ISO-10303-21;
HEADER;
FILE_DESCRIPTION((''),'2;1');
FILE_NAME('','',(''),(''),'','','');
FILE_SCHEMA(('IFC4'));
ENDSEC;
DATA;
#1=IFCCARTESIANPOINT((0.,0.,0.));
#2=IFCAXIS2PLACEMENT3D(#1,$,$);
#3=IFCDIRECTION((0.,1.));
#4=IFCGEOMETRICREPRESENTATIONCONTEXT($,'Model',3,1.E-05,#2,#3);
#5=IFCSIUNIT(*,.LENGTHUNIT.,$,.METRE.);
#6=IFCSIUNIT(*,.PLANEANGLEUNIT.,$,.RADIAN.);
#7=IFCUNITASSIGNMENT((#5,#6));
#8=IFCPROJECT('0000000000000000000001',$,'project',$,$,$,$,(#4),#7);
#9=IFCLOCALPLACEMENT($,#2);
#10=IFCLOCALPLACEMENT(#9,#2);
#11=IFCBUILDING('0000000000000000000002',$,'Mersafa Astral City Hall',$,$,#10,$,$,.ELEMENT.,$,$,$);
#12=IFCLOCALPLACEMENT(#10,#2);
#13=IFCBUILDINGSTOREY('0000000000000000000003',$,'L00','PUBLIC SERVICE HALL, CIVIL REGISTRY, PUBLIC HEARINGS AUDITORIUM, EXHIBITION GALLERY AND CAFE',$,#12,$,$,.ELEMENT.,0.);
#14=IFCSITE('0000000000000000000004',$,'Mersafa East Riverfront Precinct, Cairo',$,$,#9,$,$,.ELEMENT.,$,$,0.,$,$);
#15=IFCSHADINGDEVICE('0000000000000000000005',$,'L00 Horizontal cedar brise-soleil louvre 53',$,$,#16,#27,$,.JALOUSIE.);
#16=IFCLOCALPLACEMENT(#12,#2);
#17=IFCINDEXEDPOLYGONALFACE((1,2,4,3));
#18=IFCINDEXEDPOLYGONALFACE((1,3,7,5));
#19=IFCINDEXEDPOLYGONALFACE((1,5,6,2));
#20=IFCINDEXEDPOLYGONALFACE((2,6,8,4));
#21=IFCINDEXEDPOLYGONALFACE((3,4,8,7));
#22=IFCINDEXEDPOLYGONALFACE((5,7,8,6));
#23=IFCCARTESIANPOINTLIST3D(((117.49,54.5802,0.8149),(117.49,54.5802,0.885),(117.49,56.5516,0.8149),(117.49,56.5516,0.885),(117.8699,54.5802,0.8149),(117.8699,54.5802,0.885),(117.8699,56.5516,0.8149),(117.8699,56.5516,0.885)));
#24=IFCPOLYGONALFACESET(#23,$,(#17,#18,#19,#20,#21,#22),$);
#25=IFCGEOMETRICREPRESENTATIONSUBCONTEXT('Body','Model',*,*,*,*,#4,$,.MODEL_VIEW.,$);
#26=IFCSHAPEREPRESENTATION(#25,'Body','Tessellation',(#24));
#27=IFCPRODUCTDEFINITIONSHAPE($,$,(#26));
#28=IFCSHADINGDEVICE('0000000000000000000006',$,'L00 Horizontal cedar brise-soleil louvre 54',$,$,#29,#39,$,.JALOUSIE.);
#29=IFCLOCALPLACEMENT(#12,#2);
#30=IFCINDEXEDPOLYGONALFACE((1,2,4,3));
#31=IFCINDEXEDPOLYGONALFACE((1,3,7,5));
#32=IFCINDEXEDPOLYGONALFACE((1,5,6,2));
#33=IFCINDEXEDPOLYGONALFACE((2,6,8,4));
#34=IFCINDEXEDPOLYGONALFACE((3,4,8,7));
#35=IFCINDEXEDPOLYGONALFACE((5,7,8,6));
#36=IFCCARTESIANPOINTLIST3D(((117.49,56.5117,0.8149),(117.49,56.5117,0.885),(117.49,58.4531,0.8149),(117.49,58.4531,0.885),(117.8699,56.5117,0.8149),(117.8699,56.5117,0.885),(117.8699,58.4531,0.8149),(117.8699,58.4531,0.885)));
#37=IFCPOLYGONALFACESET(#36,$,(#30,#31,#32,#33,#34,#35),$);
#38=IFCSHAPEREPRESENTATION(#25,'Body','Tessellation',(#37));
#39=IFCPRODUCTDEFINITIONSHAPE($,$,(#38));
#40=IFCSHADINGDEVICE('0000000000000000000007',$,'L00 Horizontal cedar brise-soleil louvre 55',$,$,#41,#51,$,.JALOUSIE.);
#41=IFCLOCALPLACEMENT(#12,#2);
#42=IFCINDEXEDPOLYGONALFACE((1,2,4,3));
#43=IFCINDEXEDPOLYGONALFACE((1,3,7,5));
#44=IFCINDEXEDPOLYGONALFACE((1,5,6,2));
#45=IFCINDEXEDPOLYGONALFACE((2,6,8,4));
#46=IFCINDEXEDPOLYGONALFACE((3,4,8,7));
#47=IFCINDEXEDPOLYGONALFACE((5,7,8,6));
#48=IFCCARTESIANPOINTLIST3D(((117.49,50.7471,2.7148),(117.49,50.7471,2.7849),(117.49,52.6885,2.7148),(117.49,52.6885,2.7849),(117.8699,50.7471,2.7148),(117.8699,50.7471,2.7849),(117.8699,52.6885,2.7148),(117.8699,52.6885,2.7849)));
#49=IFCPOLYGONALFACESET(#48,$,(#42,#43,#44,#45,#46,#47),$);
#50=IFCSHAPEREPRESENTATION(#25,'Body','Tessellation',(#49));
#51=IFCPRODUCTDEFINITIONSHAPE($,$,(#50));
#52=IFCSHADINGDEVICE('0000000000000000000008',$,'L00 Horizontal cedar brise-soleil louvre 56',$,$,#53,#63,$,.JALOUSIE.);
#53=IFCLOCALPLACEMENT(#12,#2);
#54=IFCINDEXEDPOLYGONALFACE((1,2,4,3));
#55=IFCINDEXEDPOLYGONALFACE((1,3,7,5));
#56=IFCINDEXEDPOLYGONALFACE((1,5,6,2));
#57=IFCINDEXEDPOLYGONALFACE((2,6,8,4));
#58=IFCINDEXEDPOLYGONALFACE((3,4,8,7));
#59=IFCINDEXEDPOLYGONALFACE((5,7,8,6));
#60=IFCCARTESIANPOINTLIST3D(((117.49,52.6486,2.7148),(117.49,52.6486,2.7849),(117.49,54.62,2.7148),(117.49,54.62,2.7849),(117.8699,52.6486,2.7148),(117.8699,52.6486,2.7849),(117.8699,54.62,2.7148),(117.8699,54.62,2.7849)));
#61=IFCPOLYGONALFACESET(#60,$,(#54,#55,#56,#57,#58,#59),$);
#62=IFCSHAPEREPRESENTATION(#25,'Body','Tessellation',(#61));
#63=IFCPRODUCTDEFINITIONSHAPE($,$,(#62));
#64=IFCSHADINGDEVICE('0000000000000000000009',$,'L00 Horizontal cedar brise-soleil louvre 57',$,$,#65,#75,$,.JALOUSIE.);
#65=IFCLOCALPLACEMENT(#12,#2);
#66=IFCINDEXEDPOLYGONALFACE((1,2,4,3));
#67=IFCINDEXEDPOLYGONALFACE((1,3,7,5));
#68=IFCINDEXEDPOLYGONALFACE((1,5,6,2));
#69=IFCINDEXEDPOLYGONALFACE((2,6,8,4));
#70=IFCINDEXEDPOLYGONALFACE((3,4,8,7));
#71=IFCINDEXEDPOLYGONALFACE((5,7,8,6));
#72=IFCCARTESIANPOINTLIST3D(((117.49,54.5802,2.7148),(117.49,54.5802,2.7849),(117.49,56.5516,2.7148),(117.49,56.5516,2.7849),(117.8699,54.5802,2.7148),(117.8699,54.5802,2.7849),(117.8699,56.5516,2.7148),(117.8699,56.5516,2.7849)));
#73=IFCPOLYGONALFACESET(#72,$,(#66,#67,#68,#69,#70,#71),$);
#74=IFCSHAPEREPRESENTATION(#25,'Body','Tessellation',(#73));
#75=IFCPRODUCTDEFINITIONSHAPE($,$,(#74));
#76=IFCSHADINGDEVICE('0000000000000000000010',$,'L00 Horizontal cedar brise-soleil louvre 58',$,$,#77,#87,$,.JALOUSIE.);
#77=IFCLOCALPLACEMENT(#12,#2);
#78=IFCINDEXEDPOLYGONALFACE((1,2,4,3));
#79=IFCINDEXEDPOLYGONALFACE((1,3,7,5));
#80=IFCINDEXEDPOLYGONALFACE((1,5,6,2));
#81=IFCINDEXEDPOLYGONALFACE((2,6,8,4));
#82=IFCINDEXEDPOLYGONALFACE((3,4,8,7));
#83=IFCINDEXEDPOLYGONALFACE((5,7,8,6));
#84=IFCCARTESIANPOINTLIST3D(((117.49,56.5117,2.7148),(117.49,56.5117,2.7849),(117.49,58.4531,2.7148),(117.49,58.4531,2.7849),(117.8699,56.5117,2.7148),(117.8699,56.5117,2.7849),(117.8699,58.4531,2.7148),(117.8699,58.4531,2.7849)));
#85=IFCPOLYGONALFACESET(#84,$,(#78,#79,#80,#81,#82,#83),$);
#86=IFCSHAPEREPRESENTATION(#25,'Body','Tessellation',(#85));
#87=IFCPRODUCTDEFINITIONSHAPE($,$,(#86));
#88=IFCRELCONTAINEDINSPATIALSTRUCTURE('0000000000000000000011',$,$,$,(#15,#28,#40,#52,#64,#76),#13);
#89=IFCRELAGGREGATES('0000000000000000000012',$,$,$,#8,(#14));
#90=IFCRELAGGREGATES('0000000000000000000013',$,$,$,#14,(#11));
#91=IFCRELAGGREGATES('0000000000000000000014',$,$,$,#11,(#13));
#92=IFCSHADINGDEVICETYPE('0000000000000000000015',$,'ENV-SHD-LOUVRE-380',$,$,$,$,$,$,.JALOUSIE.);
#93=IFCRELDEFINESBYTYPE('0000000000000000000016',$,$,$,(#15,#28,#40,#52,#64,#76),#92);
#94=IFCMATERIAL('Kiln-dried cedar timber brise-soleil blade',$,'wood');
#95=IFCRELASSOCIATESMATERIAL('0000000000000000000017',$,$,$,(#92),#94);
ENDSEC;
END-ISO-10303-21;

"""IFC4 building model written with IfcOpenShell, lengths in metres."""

from ifc_helpers import new_model, si_unit, direction, frame, origin, origin_2d, place, context, subcontext, project, spatial, rectangle, extrude, material, type_object, element, save


model = new_model("IFC4")

# Units and contexts
model_context = context("Model", 3, precision=1e-05, world=origin(), true_north=direction((0.0, 1.0)))
body_context = subcontext(model_context, "Body", "Model", "MODEL_VIEW")
ifc_project = project(units=[si_unit("LENGTHUNIT", "METRE"), si_unit("PLANEANGLEUNIT", "RADIAN")], contexts=[model_context])

# Site, building, storey
site_placement = place(None, origin())
site = spatial("IfcSite", under=ifc_project, at=site_placement, Name="Mersafa East Riverfront Precinct, Cairo", CompositionType="ELEMENT", RefElevation=0.0)
building_placement = place(site_placement, origin())
building = spatial("IfcBuilding", under=site, at=building_placement, Name="Mersafa Astral City Hall", CompositionType="ELEMENT")
storey_placement = place(building_placement, origin())
storey = spatial("IfcBuildingStorey", under=building, at=storey_placement, Name="L00", Description="PUBLIC SERVICE HALL, CIVIL REGISTRY, PUBLIC HEARINGS AUDITORIUM, EXHIBITION GALLERY AND CAFE", CompositionType="ELEMENT", Elevation=0.0)

# Shading devices
ifc_material_1 = material(Name="Kiln-dried cedar timber brise-soleil blade", Category="wood")
shading_device_type_1 = type_object("IfcShadingDeviceType", Name="ENV-SHD-LOUVRE-380", PredefinedType="JALOUSIE", material=ifc_material_1)
for number, where, z_axis, x_axis, name in (
    (1, (117.6799, 55.5659, 0.8149), (0.0, 0.0, 1.0), (0.0, 1.0, 0.0), "L00 Horizontal cedar brise-soleil louvre 53"),
):
    element("IfcShadingDevice", number, at=place(storey_placement, frame(where, z_axis=z_axis, x_axis=x_axis)), inside=storey, type_object=shading_device_type_1, Name=name, PredefinedType="JALOUSIE", context=body_context, shape_type="SweptSolid", body=[
        extrude(rectangle(XDim=1.9714, YDim=0.3799, at=origin_2d()), origin(), (0.0, 0.0, 1.0), 0.0701),
    ])
for number, where, z_axis, x_axis, name in (
    (2, (117.6799, 57.4824, 0.8149), (0.0, 0.0, 1.0), (0.0, 1.0, 0.0), "L00 Horizontal cedar brise-soleil louvre 54"),
    (3, (117.6799, 51.7178, 2.7148), (0.0, 0.0, 1.0), (0.0, 1.0, 0.0), "L00 Horizontal cedar brise-soleil louvre 55"),
):
    element("IfcShadingDevice", number, at=place(storey_placement, frame(where, z_axis=z_axis, x_axis=x_axis)), inside=storey, type_object=shading_device_type_1, Name=name, PredefinedType="JALOUSIE", context=body_context, shape_type="SweptSolid", body=[
        extrude(rectangle(XDim=1.9414, YDim=0.3799, at=origin_2d()), origin(), (0.0, 0.0, 1.0), 0.0701),
    ])
for number, where, z_axis, x_axis, name in (
    (4, (117.6799, 53.6343, 2.7148), (0.0, 0.0, 1.0), (0.0, 1.0, 0.0), "L00 Horizontal cedar brise-soleil louvre 56"),
    (5, (117.6799, 55.5659, 2.7148), (0.0, 0.0, 1.0), (0.0, 1.0, 0.0), "L00 Horizontal cedar brise-soleil louvre 57"),
):
    element("IfcShadingDevice", number, at=place(storey_placement, frame(where, z_axis=z_axis, x_axis=x_axis)), inside=storey, type_object=shading_device_type_1, Name=name, PredefinedType="JALOUSIE", context=body_context, shape_type="SweptSolid", body=[
        extrude(rectangle(XDim=1.9714, YDim=0.3799, at=origin_2d()), origin(), (0.0, 0.0, 1.0), 0.0701),
    ])
shading_device_1_placement = place(storey_placement, frame((117.6799, 57.4824, 2.7148), z_axis=(0.0, 0.0, 1.0), x_axis=(0.0, 1.0, 0.0)))
element("IfcShadingDevice", 6, at=shading_device_1_placement, inside=storey, type_object=shading_device_type_1, Name="L00 Horizontal cedar brise-soleil louvre 58", PredefinedType="JALOUSIE", context=body_context, shape_type="SweptSolid", body=[
    extrude(rectangle(XDim=1.9414, YDim=0.3799, at=origin_2d()), origin(), (0.0, 0.0, 1.0), 0.0701),
])

save(model, "model.ifc")
